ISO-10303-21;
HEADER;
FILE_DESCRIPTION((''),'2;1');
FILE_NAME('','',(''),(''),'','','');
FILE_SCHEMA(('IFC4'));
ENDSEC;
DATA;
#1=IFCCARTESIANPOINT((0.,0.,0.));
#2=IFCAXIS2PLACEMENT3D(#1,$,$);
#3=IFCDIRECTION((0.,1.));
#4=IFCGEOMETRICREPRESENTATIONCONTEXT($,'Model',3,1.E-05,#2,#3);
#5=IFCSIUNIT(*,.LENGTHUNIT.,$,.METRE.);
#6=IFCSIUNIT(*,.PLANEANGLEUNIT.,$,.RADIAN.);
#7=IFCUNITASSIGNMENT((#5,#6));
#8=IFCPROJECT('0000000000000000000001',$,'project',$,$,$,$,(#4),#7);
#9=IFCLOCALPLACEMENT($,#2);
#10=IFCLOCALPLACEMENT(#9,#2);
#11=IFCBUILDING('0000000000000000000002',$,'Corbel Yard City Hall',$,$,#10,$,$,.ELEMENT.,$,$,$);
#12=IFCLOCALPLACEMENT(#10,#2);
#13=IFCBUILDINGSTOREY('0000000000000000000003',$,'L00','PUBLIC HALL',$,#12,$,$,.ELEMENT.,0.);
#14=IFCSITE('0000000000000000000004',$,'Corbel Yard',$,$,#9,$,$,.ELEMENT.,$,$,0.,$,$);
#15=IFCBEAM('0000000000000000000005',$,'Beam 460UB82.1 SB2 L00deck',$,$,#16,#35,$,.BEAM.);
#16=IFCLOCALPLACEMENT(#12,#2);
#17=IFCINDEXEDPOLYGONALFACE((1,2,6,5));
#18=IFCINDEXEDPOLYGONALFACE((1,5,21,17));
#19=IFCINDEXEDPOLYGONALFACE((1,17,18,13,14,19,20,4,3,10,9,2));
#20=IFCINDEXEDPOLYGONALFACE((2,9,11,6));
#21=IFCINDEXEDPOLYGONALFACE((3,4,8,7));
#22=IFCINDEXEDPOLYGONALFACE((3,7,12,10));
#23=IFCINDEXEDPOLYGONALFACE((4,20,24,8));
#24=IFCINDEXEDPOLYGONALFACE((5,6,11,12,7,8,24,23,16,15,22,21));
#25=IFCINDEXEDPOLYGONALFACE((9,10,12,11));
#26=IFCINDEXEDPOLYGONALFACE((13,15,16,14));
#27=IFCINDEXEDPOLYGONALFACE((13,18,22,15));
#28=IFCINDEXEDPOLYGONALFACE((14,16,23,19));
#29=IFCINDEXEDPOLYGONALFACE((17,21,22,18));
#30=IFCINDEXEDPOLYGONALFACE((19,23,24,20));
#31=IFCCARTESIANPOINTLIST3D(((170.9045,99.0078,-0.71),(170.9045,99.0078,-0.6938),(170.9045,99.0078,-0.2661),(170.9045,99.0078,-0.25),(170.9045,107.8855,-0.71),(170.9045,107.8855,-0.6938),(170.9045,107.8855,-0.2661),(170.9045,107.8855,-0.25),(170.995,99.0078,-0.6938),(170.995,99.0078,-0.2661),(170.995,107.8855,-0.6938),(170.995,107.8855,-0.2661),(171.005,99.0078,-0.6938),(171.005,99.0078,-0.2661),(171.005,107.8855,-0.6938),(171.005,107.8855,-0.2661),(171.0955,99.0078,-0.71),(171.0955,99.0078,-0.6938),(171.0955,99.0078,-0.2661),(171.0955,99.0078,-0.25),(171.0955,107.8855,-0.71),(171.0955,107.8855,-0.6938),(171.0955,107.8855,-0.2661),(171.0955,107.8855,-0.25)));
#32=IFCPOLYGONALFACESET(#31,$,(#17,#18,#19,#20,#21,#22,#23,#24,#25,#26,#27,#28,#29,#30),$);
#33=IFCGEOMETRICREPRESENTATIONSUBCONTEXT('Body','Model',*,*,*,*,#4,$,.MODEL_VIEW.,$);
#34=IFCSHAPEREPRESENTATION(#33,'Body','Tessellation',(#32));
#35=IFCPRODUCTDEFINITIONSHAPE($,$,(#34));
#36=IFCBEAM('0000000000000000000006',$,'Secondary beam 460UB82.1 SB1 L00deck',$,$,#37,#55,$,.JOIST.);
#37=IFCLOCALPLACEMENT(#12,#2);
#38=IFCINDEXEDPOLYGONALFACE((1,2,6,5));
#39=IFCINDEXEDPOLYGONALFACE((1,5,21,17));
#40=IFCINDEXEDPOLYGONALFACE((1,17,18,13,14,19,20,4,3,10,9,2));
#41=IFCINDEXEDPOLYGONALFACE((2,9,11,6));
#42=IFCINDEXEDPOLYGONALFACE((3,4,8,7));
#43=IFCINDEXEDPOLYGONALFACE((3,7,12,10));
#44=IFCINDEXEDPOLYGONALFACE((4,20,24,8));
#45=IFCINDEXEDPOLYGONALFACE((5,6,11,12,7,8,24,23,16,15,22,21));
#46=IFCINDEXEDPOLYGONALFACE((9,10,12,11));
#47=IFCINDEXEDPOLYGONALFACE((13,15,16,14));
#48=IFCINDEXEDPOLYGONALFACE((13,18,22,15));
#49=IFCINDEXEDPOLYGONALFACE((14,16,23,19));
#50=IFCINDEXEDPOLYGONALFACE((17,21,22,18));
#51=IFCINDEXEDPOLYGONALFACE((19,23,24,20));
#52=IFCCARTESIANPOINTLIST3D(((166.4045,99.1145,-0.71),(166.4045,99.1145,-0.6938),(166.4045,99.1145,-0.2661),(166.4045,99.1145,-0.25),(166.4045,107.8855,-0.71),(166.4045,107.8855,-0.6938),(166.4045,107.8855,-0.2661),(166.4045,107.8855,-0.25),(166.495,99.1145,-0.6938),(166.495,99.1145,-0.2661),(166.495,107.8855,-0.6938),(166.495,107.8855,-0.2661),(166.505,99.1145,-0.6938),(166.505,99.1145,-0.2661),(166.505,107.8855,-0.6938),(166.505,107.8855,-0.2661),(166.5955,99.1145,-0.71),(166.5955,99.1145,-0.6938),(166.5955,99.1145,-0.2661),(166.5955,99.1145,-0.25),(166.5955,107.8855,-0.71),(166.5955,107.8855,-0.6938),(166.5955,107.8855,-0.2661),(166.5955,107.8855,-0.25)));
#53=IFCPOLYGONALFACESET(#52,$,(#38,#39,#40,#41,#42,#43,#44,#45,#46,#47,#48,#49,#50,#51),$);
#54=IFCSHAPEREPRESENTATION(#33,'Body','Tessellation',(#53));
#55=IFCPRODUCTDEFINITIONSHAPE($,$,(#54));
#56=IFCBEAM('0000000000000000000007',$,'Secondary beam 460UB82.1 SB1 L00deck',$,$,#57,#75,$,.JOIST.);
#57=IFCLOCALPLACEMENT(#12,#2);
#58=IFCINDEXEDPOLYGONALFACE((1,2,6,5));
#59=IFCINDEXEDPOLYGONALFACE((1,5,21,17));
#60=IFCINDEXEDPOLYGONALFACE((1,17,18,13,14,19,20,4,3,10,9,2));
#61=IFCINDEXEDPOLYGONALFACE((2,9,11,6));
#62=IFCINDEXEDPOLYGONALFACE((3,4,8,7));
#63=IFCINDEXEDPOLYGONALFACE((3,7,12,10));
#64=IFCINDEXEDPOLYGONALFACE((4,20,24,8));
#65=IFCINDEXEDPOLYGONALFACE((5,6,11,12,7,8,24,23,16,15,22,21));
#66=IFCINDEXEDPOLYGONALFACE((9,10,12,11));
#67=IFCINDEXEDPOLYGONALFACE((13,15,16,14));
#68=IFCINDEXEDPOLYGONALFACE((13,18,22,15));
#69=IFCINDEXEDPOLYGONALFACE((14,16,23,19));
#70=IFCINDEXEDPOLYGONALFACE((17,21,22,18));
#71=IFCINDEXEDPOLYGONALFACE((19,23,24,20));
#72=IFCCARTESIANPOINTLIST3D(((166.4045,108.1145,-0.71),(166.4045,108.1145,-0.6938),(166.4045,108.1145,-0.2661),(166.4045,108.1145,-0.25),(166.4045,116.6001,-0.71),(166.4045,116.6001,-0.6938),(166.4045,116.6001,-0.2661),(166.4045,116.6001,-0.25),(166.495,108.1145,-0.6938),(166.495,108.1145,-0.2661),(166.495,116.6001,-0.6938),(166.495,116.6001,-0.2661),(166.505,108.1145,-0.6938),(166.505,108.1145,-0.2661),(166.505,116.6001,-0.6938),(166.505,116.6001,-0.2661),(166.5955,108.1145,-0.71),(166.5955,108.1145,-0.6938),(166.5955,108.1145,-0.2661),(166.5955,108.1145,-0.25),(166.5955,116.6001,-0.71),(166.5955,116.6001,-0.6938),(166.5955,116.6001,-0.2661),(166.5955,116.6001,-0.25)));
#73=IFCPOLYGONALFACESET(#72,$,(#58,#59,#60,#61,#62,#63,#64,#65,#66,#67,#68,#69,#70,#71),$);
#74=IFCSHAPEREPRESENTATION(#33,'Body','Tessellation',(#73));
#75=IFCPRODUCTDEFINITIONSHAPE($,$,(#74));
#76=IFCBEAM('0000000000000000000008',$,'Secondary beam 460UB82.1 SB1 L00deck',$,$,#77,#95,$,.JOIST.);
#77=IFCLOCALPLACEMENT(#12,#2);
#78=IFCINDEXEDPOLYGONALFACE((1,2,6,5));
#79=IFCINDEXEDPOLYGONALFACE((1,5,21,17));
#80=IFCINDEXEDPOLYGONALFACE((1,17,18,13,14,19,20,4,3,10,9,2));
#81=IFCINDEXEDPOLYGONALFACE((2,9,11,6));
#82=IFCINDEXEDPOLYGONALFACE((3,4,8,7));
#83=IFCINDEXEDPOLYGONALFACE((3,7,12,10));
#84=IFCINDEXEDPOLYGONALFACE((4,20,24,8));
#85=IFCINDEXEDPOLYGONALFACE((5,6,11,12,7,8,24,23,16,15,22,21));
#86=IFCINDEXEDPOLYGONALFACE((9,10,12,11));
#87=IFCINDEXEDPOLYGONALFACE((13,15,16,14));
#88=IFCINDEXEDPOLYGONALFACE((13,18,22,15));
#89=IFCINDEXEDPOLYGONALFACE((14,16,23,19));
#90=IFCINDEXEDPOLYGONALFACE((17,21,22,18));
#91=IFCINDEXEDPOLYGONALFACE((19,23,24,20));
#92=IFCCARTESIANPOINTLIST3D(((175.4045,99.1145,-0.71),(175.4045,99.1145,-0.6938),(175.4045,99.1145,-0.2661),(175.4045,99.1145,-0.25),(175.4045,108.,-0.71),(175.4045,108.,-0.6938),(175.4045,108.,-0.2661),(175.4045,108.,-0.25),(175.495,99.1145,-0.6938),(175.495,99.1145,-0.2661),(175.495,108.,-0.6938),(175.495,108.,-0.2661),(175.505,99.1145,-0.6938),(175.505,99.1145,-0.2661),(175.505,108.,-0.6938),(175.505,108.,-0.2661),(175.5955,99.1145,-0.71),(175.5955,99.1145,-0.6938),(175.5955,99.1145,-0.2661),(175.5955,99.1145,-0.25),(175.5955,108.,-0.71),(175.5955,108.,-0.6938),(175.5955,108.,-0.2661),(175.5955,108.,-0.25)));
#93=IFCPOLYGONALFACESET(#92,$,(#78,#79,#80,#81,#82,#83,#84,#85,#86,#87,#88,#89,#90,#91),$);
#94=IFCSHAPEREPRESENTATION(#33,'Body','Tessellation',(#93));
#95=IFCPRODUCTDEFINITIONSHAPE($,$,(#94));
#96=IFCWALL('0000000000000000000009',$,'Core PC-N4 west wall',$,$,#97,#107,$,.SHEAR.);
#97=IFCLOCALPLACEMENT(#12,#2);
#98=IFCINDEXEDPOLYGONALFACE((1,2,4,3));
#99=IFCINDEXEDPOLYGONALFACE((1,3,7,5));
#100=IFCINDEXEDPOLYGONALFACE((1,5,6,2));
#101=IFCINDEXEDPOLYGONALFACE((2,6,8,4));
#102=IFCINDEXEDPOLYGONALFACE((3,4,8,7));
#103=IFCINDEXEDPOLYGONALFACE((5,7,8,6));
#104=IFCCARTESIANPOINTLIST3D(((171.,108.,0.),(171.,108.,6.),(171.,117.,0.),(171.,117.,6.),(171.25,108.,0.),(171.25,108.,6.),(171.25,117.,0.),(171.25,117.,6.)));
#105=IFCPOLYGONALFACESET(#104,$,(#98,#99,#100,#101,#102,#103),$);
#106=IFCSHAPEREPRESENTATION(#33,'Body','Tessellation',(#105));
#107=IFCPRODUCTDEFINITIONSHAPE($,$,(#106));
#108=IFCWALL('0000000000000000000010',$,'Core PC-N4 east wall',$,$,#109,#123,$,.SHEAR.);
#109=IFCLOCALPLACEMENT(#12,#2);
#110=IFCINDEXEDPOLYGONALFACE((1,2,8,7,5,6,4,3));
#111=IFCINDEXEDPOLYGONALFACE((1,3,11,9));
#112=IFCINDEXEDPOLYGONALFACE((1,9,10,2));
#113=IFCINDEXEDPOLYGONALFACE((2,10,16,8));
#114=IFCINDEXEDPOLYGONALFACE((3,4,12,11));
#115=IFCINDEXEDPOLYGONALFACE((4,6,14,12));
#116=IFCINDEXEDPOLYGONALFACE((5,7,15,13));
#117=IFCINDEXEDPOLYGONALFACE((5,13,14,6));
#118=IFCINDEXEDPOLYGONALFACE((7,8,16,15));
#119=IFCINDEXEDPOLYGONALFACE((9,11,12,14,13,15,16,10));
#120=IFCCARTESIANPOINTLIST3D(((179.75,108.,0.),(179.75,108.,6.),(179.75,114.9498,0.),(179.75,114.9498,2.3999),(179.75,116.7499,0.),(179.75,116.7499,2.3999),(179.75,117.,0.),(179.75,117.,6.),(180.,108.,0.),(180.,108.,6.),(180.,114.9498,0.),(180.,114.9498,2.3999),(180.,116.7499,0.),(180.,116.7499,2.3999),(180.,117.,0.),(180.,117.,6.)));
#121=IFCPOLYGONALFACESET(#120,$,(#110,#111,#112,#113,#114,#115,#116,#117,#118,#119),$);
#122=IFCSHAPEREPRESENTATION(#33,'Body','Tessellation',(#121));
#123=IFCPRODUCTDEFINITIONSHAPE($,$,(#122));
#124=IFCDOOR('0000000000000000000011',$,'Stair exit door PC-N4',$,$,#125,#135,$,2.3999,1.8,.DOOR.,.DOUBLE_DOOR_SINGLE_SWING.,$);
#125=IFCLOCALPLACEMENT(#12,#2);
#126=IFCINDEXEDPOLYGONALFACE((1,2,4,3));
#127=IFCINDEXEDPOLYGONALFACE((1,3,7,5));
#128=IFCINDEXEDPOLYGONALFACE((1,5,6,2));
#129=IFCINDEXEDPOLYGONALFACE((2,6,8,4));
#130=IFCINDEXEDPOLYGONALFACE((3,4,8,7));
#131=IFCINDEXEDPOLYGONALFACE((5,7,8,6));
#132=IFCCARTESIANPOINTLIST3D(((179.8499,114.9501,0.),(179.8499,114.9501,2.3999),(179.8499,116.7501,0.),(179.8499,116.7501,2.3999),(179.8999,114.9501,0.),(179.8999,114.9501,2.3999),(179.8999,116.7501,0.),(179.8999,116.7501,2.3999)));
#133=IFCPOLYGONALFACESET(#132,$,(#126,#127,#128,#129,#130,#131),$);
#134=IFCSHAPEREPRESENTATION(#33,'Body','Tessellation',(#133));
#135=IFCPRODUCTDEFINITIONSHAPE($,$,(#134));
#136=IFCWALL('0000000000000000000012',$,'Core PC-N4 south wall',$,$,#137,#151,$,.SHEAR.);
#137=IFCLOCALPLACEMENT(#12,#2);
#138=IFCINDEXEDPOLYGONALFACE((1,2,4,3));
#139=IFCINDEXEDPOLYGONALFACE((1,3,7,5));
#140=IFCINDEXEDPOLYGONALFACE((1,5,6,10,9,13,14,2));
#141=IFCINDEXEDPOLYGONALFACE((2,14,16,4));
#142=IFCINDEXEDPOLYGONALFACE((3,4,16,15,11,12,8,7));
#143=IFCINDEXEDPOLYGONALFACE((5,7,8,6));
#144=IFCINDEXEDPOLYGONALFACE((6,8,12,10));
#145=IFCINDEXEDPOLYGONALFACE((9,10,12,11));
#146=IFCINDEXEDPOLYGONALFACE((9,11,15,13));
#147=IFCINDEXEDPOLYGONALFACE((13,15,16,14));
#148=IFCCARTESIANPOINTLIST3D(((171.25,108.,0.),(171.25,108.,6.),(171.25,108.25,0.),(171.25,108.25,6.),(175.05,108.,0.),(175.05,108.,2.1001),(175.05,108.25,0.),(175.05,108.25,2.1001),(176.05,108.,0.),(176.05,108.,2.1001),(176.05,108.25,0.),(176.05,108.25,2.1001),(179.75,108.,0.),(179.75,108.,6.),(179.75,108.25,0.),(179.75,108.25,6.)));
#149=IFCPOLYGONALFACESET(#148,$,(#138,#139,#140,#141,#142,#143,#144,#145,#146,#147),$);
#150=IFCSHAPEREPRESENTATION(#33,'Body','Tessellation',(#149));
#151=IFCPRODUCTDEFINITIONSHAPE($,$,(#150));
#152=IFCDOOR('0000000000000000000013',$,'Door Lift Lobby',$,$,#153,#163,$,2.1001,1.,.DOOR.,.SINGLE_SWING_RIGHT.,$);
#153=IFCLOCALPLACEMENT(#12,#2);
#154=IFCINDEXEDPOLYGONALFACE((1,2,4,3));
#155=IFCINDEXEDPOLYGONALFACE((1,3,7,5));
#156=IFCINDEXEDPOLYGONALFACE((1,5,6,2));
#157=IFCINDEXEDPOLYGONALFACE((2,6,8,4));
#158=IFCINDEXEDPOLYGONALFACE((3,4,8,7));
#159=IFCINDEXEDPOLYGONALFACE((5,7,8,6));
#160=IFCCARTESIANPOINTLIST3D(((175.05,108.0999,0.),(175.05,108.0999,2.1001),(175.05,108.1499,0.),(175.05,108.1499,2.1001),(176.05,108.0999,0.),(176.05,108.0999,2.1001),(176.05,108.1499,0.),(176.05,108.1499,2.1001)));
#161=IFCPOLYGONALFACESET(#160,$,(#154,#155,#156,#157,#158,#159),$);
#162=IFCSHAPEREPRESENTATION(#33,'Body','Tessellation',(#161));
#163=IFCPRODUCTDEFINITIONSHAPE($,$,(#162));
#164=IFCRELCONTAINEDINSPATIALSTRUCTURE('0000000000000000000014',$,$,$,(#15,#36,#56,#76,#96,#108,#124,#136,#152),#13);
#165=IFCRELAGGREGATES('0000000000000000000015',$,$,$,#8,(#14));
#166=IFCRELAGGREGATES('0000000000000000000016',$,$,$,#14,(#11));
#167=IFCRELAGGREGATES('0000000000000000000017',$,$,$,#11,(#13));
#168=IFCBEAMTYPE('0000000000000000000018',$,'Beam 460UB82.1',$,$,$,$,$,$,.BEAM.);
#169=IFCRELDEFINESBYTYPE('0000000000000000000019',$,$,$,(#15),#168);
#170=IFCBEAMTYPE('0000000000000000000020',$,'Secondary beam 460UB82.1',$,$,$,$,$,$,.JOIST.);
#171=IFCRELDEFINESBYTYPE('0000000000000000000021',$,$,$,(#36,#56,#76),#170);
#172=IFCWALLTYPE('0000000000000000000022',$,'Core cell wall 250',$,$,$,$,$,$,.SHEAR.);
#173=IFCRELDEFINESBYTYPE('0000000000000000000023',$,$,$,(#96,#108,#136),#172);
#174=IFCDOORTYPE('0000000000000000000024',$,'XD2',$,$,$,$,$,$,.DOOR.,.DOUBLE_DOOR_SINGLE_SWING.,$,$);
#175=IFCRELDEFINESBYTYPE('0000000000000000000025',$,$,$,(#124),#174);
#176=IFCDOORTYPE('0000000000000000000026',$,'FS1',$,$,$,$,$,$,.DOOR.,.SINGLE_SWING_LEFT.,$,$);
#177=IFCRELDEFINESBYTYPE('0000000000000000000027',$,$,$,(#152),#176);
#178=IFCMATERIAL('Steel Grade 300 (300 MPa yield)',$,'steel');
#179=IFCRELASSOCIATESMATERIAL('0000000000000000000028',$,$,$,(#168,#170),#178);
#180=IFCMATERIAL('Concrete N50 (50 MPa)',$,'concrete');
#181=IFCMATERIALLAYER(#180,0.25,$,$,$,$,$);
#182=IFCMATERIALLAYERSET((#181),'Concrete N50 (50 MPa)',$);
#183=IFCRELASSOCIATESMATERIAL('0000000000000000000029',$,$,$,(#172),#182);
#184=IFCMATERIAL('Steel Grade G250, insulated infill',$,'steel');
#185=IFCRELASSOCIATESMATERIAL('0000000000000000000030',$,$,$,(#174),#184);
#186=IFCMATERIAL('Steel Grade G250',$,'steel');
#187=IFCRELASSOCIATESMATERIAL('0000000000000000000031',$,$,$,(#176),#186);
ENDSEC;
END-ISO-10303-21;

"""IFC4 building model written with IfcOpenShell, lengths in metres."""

from ifc_helpers import new_model, si_unit, direction, frame, frame_2d, origin, origin_2d, place, context, subcontext, project, spatial, rectangle, i_section, extrude, material, layer, layer_set, material_profile, profile_set, type_object, element, fill, save


model = new_model("IFC4")

# Units and contexts
model_context = context("Model", 3, precision=1e-05, world=origin(), true_north=direction((0.0, 1.0)))
body_context = subcontext(model_context, "Body", "Model", "MODEL_VIEW")
ifc_project = project(units=[si_unit("LENGTHUNIT", "METRE"), si_unit("PLANEANGLEUNIT", "RADIAN")], contexts=[model_context])

# Site, building, storey
site_placement = place(None, origin())
site = spatial("IfcSite", under=ifc_project, at=site_placement, Name="Corbel Yard", CompositionType="ELEMENT", RefElevation=0.0)
building_placement = place(site_placement, origin())
building = spatial("IfcBuilding", under=site, at=building_placement, Name="Corbel Yard City Hall", CompositionType="ELEMENT")
storey_placement = place(building_placement, origin())
storey = spatial("IfcBuildingStorey", under=building, at=storey_placement, Name="L00", Description="PUBLIC HALL", CompositionType="ELEMENT", Elevation=0.0)

# Beams
ifc_material_1 = material(Name="Steel Grade 300 (300 MPa yield)", Category="steel")
ifc_material_profile_1 = material_profile(ifc_material_1, i_section(OverallWidth=0.1909, OverallDepth=0.46, WebThickness=0.01, FlangeThickness=0.0161, at=origin_2d()), Name="460UB82.1")
ifc_profile_set_1 = profile_set([ifc_material_profile_1], Name="Steel Grade 300 (300 MPa yield)")
beam_type_1 = type_object("IfcBeamType", Name="Beam 460UB82.1", PredefinedType="BEAM", material=ifc_profile_set_1)
beam_1_placement = place(storey_placement, frame((171.0, 99.0078, -0.48), z_axis=(0.0, 1.0, 0.0), x_axis=(-1.0, 0.0, 0.0)))
element("IfcBeam", 1, at=beam_1_placement, inside=storey, type_object=beam_type_1, Name="Beam 460UB82.1 SB2 L00deck", PredefinedType="BEAM", context=body_context, shape_type="SweptSolid", body=[
    extrude(i_section(OverallWidth=0.1909, OverallDepth=0.46, WebThickness=0.01, FlangeThickness=0.0161, at=origin_2d()), origin(), (0.0, 0.0, 1.0), 8.8777),
])
ifc_material_profile_2 = material_profile(ifc_material_1, i_section(OverallWidth=0.1909, OverallDepth=0.46, WebThickness=0.01, FlangeThickness=0.0161, at=origin_2d()), Name="460UB82.1")
ifc_profile_set_2 = profile_set([ifc_material_profile_2], Name="Steel Grade 300 (300 MPa yield)")
beam_type_2 = type_object("IfcBeamType", Name="Secondary beam 460UB82.1", PredefinedType="JOIST", material=ifc_profile_set_2)
beam_2_placement = place(storey_placement, frame((166.5, 99.1145, -0.48), z_axis=(0.0, 1.0, 0.0), x_axis=(-1.0, 0.0, 0.0)))
element("IfcBeam", 2, at=beam_2_placement, inside=storey, type_object=beam_type_2, Name="Secondary beam 460UB82.1 SB1 L00deck", PredefinedType="JOIST", context=body_context, shape_type="SweptSolid", body=[
    extrude(i_section(OverallWidth=0.1909, OverallDepth=0.46, WebThickness=0.01, FlangeThickness=0.0161, at=origin_2d()), origin(), (0.0, 0.0, 1.0), 8.771),
])
beam_3_placement = place(storey_placement, frame((166.5, 108.1145, -0.48), z_axis=(0.0, 1.0, 0.0), x_axis=(-1.0, 0.0, 0.0)))
element("IfcBeam", 3, at=beam_3_placement, inside=storey, type_object=beam_type_2, Name="Secondary beam 460UB82.1 SB1 L00deck", PredefinedType="JOIST", context=body_context, shape_type="SweptSolid", body=[
    extrude(i_section(OverallWidth=0.1909, OverallDepth=0.46, WebThickness=0.01, FlangeThickness=0.0161, at=origin_2d()), origin(), (0.0, 0.0, 1.0), 8.4856),
])
beam_4_placement = place(storey_placement, frame((175.5, 99.1145, -0.48), z_axis=(0.0, 1.0, 0.0), x_axis=(-1.0, 0.0, 0.0)))
element("IfcBeam", 4, at=beam_4_placement, inside=storey, type_object=beam_type_2, Name="Secondary beam 460UB82.1 SB1 L00deck", PredefinedType="JOIST", context=body_context, shape_type="SweptSolid", body=[
    extrude(i_section(OverallWidth=0.1909, OverallDepth=0.46, WebThickness=0.01, FlangeThickness=0.0161, at=origin_2d()), origin(), (0.0, 0.0, 1.0), 8.8855),
])

# Wall
ifc_material_2 = material(Name="Concrete N50 (50 MPa)", Category="concrete")
ifc_layer_1 = layer(ifc_material_2, 0.25)
ifc_layer_set_1 = layer_set([ifc_layer_1], Name="Concrete N50 (50 MPa)")
wall_type_1 = type_object("IfcWallType", Name="Core cell wall 250", PredefinedType="SHEAR", material=ifc_layer_set_1)
wall_1_placement = place(storey_placement, frame((171.125, 108.0, 0.0), z_axis=(0.0, 0.0, 1.0), x_axis=(0.0, 1.0, 0.0)))
element("IfcWall", 5, at=wall_1_placement, inside=storey, type_object=wall_type_1, Name="Core PC-N4 west wall", PredefinedType="SHEAR", context=body_context, shape_type="SweptSolid", body=[
    extrude(rectangle(XDim=9.0, YDim=0.25, at=frame_2d((4.5, 0.0))), origin(), (0.0, 0.0, 1.0), 6.0),
])

# Walls, openings, doors
wall_2_placement = place(storey_placement, frame((179.875, 108.0, 0.0), z_axis=(0.0, 0.0, 1.0), x_axis=(0.0, 1.0, 0.0)))
wall_2 = element("IfcWall", 6, at=wall_2_placement, inside=storey, type_object=wall_type_1, Name="Core PC-N4 east wall", PredefinedType="SHEAR", context=body_context, shape_type="SweptSolid", body=[
    extrude(rectangle(XDim=9.0, YDim=0.25, at=frame_2d((4.5, 0.0))), origin(), (0.0, 0.0, 1.0), 6.0),
])
opening_1_placement = place(wall_2_placement, frame((6.95, 0.0, 0.0)))
opening_1 = element("IfcOpeningElement", 7, at=opening_1_placement, cuts=wall_2, PredefinedType="OPENING", context=body_context, shape_type="SweptSolid", body=[
    extrude(rectangle(XDim=1.8, YDim=2.3999, at=frame_2d((0.8999, 1.2))), frame((0.0, 0.135, 0.0), z_axis=(0.0, -1.0, 0.0), x_axis=(1.0, 0.0, 0.0)), (0.0, 0.0, 1.0), 0.27),
])
ifc_material_3 = material(Name="Steel Grade G250, insulated infill", Category="steel")
door_type_1 = type_object("IfcDoorType", Name="XD2", OperationType="DOUBLE_DOOR_SINGLE_SWING", PredefinedType="DOOR", material=ifc_material_3)
door_1_placement = place(opening_1_placement, frame((1.8, 0.0, 0.0), z_axis=(0.0, 0.0, 1.0), x_axis=(-1.0, 0.0, 0.0)))
door_1 = element("IfcDoor", 8, at=door_1_placement, inside=storey, type_object=door_type_1, Name="Stair exit door PC-N4", OperationType="DOUBLE_DOOR_SINGLE_SWING", OverallHeight=2.3999, OverallWidth=1.8, PredefinedType="DOOR", context=body_context, shape_type="SweptSolid", body=[
    extrude(rectangle(XDim=1.8, YDim=2.3999, at=frame_2d((0.8999, 1.2))), frame((0.0, 0.0249, 0.0), z_axis=(0.0, -1.0, 0.0), x_axis=(1.0, 0.0, 0.0)), (0.0, 0.0, 1.0), 0.05),
])
fill(opening_1, door_1)
wall_3_placement = place(storey_placement, frame((171.25, 108.125, 0.0), z_axis=(0.0, 0.0, 1.0), x_axis=(1.0, 0.0, 0.0)))
wall_3 = element("IfcWall", 9, at=wall_3_placement, inside=storey, type_object=wall_type_1, Name="Core PC-N4 south wall", PredefinedType="SHEAR", context=body_context, shape_type="SweptSolid", body=[
    extrude(rectangle(XDim=8.5, YDim=0.25, at=frame_2d((4.25, 0.0))), origin(), (0.0, 0.0, 1.0), 6.0),
])
opening_2_placement = place(wall_3_placement, frame((3.8, 0.0, 0.0)))
opening_2 = element("IfcOpeningElement", 10, at=opening_2_placement, cuts=wall_3, PredefinedType="OPENING", context=body_context, shape_type="SweptSolid", body=[
    extrude(rectangle(XDim=1.0, YDim=2.1001, at=frame_2d((0.5, 1.05))), frame((0.0, 0.135, 0.0), z_axis=(0.0, -1.0, 0.0), x_axis=(1.0, 0.0, 0.0)), (0.0, 0.0, 1.0), 0.27),
])
ifc_material_4 = material(Name="Steel Grade G250", Category="steel")
door_type_2 = type_object("IfcDoorType", Name="FS1", OperationType="SINGLE_SWING_LEFT", PredefinedType="DOOR", material=ifc_material_4)
door_2_placement = place(opening_2_placement, origin())
door_2 = element("IfcDoor", 11, at=door_2_placement, inside=storey, type_object=door_type_2, Name="Door Lift Lobby", OperationType="SINGLE_SWING_RIGHT", OverallHeight=2.1001, OverallWidth=1.0, PredefinedType="DOOR", context=body_context, shape_type="SweptSolid", body=[
    extrude(rectangle(XDim=1.0, YDim=2.1001, at=frame_2d((0.5, 1.05))), frame((0.0, 0.0249, 0.0), z_axis=(0.0, -1.0, 0.0), x_axis=(1.0, 0.0, 0.0)), (0.0, 0.0, 1.0), 0.05),
])
fill(opening_2, door_2)

save(model, "model.ifc")
